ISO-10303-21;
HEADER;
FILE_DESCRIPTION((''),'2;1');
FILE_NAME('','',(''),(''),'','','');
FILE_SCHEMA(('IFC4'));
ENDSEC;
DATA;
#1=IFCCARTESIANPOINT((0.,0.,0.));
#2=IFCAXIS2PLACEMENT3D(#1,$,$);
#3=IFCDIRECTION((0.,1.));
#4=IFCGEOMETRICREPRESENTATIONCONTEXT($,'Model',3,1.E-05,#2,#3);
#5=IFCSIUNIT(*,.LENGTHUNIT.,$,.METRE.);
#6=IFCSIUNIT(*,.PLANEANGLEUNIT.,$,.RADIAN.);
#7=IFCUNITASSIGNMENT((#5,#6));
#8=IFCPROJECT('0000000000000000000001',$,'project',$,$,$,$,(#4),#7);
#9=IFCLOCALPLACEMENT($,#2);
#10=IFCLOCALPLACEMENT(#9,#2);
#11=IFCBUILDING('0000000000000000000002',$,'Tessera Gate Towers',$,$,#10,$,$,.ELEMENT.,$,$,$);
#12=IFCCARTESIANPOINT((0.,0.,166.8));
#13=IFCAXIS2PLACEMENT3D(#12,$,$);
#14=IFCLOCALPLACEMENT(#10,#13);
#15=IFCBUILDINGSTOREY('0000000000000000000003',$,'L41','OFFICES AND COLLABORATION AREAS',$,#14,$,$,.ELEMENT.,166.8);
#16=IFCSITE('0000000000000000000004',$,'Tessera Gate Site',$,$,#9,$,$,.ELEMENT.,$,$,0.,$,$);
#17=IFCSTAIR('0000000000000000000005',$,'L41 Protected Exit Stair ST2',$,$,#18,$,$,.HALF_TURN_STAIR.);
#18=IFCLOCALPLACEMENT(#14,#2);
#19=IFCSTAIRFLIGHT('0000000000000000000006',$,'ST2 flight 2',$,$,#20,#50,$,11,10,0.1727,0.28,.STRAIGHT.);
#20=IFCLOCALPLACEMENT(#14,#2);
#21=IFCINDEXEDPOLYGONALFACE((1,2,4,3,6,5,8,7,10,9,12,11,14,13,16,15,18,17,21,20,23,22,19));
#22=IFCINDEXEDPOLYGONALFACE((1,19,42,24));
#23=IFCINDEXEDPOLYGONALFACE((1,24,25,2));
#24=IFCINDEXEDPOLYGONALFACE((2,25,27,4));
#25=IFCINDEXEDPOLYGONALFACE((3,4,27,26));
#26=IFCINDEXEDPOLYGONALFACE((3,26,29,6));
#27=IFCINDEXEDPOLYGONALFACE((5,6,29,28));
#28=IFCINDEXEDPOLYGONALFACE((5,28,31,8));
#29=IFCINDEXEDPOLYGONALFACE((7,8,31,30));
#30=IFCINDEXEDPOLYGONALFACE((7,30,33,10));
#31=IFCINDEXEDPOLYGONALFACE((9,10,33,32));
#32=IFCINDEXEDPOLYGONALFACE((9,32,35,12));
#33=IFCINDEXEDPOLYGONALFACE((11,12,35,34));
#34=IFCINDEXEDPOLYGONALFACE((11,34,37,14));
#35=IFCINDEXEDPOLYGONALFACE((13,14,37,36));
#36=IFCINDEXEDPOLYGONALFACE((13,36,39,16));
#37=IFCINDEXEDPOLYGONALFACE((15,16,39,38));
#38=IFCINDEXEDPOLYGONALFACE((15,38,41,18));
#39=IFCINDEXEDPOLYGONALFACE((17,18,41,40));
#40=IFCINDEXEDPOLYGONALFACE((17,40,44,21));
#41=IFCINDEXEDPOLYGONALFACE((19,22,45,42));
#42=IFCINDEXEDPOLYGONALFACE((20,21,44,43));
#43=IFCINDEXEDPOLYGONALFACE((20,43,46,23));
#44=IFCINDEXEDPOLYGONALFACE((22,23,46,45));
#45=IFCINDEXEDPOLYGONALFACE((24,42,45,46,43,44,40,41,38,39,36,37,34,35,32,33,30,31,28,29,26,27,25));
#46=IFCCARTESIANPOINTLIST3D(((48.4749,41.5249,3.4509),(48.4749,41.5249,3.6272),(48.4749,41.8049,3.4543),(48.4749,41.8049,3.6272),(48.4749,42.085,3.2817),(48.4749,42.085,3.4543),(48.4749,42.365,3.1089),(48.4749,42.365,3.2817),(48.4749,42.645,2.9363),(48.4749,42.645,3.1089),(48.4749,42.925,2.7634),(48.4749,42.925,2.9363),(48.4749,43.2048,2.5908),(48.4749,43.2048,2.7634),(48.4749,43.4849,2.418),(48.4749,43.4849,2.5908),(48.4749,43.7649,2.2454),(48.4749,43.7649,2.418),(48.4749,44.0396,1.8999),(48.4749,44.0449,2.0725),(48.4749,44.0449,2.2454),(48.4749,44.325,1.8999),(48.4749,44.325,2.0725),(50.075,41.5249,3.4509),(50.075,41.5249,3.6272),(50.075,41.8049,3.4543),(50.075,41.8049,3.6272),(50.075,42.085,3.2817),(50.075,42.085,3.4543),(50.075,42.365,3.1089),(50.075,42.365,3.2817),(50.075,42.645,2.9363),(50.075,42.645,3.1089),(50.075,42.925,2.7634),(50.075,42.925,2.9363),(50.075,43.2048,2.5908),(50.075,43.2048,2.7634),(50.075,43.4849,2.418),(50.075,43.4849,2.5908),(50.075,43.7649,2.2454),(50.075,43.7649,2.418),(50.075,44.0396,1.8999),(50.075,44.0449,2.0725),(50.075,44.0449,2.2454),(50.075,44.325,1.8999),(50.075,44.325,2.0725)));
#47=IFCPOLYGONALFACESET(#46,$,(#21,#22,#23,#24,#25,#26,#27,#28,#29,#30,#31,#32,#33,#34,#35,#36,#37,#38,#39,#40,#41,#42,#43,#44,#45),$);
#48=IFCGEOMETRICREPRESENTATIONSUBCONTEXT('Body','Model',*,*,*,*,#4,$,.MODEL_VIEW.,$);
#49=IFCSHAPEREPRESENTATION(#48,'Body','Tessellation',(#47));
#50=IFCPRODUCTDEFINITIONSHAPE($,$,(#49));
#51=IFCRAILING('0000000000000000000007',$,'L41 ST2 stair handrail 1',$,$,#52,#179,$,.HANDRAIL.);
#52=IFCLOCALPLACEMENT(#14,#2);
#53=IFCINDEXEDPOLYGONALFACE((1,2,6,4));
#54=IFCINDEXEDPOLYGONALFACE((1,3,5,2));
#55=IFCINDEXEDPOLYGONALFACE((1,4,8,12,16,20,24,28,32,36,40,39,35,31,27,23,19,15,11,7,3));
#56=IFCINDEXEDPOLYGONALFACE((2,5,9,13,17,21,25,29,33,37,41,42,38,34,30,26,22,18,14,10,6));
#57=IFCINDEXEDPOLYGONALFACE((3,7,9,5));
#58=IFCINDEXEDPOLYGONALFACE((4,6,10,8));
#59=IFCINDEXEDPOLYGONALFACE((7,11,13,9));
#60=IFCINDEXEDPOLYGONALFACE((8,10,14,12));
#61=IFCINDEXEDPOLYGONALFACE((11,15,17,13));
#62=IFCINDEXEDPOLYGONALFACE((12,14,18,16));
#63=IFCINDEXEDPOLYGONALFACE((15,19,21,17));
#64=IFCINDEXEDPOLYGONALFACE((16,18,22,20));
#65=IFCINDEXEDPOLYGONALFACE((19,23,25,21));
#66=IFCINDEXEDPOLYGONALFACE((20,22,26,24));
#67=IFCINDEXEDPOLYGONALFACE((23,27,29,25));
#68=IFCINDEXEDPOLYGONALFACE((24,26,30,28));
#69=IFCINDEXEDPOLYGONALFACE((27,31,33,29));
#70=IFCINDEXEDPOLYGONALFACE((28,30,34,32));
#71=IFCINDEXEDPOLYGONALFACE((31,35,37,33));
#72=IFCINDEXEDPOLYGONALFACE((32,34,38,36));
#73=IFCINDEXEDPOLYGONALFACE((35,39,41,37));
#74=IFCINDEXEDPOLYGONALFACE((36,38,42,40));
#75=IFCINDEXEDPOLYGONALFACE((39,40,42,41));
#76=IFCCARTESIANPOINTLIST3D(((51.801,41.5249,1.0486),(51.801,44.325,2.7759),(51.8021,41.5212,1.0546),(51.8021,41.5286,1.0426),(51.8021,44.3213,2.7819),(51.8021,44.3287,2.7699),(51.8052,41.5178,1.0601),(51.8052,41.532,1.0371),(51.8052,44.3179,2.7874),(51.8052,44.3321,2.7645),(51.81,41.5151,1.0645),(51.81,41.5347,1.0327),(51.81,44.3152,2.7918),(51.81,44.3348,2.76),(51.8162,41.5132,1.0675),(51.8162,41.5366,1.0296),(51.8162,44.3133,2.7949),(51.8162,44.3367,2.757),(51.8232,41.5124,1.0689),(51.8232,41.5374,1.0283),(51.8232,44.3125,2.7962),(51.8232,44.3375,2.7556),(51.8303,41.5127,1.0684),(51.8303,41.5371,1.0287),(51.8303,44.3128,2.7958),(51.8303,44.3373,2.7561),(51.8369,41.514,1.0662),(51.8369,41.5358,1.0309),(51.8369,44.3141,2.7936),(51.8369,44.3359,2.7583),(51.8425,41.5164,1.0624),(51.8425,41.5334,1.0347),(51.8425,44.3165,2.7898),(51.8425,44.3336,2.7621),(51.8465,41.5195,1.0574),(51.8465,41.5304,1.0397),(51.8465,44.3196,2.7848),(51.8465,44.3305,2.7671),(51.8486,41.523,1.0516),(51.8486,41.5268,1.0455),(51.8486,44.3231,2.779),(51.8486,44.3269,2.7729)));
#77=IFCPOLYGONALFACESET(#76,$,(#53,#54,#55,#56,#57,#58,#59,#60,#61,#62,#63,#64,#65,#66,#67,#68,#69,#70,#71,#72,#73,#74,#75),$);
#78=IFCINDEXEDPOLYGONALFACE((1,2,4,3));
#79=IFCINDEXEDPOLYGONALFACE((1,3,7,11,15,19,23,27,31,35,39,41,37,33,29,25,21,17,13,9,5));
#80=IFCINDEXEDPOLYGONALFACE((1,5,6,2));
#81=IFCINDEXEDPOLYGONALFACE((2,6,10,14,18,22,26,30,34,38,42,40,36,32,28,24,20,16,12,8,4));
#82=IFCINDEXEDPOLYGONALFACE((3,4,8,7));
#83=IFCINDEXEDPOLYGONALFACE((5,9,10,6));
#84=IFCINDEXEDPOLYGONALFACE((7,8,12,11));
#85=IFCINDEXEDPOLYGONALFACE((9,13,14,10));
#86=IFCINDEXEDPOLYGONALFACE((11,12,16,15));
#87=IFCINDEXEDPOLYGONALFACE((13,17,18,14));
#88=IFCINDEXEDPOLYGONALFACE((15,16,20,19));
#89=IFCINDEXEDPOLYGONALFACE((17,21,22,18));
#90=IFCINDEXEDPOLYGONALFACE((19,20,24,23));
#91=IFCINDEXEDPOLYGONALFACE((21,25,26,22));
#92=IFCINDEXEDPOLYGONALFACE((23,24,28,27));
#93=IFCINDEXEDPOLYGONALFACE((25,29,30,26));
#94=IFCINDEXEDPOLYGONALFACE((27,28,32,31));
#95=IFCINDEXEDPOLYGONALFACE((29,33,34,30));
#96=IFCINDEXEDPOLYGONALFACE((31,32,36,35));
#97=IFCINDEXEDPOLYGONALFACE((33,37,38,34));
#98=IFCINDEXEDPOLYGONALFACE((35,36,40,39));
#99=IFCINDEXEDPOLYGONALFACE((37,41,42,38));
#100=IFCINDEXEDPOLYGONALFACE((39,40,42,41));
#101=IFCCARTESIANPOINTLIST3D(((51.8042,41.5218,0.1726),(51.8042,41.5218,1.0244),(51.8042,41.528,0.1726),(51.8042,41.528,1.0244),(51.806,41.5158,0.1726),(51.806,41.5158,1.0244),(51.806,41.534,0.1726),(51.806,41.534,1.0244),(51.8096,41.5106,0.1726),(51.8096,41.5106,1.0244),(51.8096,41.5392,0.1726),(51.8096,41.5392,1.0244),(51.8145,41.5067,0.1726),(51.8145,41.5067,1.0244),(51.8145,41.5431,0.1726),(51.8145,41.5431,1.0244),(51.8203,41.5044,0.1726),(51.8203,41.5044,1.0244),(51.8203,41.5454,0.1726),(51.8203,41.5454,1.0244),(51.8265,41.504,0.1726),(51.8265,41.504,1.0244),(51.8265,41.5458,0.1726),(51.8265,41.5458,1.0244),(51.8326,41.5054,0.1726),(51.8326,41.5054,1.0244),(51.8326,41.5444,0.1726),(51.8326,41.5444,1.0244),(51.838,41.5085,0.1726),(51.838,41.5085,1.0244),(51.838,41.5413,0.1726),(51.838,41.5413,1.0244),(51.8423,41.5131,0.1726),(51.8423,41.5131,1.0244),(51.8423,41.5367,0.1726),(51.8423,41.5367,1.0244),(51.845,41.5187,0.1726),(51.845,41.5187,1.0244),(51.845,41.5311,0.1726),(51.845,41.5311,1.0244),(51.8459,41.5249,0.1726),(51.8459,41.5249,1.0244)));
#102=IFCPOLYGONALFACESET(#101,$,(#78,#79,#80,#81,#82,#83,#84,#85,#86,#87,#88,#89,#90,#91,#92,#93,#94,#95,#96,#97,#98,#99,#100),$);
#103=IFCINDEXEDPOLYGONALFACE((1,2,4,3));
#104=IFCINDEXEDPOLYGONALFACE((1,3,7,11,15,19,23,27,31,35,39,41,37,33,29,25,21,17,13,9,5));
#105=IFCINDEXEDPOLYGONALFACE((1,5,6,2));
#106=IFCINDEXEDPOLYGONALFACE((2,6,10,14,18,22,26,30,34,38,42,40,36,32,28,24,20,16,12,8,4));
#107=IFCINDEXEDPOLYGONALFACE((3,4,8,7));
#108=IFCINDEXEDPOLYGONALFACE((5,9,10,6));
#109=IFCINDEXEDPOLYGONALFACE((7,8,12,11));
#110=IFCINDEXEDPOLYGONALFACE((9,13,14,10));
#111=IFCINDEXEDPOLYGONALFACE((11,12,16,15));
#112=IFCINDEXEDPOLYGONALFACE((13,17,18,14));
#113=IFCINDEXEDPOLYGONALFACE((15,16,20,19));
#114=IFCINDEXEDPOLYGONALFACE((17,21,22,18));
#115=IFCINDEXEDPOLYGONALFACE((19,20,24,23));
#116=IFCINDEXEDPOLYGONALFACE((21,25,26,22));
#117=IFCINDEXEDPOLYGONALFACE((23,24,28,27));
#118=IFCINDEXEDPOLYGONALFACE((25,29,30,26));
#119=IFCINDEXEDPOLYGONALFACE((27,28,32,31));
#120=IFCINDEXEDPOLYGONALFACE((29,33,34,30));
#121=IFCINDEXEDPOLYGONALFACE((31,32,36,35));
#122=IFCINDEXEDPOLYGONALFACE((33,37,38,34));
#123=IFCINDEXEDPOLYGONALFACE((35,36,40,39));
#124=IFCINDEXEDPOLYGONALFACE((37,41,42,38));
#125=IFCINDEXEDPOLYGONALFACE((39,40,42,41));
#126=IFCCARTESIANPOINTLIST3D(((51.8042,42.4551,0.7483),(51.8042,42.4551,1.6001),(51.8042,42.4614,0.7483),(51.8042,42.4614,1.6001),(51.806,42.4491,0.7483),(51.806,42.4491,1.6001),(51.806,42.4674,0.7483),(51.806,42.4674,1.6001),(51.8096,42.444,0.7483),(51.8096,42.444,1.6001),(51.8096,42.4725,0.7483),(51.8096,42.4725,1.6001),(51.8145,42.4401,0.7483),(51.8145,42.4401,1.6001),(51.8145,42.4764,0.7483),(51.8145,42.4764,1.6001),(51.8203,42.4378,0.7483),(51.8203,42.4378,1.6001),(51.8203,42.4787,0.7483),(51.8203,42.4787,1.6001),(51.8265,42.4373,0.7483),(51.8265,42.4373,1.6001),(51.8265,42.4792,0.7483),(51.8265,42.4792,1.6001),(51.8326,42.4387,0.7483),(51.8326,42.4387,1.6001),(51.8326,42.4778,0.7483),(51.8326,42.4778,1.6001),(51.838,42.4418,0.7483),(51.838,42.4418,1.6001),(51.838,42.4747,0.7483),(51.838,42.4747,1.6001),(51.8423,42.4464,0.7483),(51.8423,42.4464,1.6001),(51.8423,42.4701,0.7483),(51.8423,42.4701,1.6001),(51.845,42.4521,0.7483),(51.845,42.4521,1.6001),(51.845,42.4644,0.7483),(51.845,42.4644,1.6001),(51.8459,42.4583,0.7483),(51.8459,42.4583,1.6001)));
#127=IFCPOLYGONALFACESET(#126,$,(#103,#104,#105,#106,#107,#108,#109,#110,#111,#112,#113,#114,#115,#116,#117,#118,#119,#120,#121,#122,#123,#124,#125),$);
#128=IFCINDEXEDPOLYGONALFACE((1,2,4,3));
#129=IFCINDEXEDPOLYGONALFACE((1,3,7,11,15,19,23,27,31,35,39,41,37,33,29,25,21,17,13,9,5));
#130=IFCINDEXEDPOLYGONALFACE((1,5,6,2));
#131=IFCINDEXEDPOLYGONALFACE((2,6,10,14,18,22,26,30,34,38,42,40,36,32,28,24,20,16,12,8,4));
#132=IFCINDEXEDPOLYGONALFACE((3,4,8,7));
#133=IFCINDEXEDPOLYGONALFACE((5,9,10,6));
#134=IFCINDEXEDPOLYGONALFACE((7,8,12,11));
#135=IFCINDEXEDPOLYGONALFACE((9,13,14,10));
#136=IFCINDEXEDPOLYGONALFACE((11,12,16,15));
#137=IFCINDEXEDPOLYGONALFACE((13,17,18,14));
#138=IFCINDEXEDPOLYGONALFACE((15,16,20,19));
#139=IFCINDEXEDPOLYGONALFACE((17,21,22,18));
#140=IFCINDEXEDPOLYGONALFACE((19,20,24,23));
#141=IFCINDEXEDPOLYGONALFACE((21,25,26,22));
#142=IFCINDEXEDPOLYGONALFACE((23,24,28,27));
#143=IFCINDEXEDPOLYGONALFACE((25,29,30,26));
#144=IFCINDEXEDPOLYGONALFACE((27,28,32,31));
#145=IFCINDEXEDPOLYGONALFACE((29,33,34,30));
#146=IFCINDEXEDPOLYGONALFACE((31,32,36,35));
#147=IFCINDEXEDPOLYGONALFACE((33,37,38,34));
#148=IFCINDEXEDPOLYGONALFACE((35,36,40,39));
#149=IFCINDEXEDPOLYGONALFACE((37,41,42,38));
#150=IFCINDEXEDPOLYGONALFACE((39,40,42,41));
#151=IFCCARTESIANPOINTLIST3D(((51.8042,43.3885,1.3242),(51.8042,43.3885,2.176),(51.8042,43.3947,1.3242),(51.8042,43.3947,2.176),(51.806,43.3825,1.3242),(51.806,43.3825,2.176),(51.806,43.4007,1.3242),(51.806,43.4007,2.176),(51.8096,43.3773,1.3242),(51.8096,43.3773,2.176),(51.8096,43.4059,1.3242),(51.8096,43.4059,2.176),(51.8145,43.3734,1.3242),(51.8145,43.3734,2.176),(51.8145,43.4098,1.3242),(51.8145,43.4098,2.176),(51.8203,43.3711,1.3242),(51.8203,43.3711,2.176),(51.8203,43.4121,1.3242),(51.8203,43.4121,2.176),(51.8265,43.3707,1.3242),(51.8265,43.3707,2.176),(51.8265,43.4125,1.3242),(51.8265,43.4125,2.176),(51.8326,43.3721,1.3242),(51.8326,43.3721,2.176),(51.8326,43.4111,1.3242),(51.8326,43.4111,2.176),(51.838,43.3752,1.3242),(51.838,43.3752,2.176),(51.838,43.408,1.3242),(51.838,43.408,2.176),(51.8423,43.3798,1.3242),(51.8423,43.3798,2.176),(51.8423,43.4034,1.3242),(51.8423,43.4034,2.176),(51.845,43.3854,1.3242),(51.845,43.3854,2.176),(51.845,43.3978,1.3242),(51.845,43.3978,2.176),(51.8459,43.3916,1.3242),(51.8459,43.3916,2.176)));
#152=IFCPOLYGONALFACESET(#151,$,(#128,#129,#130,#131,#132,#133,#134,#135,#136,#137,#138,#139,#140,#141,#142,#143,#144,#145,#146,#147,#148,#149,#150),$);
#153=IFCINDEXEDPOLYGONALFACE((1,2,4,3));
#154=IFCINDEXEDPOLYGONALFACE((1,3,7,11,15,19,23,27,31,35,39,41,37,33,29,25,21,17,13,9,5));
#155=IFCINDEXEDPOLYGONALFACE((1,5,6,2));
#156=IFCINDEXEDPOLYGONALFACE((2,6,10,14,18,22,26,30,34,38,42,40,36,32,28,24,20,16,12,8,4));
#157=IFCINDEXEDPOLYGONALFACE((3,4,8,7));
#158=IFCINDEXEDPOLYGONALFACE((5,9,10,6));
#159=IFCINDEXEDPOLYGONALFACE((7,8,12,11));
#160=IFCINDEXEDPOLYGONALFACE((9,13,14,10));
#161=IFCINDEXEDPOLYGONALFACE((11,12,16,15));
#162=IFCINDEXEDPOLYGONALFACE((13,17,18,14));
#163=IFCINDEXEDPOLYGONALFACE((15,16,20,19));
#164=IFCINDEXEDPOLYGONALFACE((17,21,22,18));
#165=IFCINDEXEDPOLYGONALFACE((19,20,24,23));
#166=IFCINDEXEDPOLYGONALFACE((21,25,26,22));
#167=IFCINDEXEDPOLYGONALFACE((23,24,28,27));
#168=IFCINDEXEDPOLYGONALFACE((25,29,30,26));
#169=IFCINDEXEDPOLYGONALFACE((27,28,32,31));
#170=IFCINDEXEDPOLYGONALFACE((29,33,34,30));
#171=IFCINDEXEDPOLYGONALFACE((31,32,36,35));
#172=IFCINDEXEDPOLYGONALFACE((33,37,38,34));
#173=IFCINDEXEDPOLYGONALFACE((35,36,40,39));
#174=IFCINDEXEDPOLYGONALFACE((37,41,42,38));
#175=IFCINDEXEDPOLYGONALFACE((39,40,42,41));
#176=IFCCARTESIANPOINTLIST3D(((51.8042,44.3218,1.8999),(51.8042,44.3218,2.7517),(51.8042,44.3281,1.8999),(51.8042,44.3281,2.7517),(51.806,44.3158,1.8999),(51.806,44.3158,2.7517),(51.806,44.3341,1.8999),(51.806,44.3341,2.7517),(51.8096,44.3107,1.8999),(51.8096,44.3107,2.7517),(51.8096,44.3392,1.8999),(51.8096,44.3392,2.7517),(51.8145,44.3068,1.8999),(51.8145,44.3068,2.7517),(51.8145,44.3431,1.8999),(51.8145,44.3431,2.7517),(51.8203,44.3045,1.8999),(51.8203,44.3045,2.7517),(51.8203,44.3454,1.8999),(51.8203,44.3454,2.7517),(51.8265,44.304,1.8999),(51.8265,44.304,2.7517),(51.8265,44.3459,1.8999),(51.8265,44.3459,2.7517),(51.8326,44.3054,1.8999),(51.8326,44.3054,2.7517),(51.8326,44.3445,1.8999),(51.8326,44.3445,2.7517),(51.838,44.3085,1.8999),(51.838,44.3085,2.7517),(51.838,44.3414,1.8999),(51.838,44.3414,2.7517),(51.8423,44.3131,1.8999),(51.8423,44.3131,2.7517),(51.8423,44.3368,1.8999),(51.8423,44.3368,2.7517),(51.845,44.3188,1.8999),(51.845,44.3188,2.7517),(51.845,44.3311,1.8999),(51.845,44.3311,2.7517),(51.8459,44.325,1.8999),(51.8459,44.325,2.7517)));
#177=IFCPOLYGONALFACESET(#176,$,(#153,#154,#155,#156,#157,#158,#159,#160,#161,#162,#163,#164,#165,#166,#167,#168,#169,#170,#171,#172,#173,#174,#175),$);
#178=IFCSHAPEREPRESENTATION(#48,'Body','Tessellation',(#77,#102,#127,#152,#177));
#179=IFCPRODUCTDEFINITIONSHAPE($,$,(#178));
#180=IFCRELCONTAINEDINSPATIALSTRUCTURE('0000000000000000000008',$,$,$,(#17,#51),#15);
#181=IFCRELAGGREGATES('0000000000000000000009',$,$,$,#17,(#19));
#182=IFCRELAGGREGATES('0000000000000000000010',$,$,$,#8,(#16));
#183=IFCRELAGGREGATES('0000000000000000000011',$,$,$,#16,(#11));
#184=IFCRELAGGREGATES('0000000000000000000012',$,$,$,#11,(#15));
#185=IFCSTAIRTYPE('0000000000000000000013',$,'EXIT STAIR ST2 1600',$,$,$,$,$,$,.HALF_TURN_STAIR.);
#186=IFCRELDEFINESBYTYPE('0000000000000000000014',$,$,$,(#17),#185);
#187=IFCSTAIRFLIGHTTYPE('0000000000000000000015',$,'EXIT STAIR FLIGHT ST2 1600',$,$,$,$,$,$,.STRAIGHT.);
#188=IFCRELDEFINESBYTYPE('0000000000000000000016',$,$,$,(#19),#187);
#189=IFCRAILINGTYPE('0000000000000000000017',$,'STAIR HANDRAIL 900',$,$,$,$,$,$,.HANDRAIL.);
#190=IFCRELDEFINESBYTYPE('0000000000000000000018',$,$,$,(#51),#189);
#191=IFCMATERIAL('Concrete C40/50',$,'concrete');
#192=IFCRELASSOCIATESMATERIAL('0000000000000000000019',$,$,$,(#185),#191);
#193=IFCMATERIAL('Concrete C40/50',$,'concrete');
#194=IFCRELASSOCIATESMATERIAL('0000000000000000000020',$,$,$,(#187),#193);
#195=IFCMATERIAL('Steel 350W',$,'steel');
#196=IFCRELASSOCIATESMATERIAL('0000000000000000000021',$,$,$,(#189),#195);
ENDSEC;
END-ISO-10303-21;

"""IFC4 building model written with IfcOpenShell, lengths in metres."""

from ifc_helpers import new_model, si_unit, direction, frame, origin, origin_2d, place, context, subcontext, project, spatial, polyline, circle, outline, extrude, material, type_object, element, aggregate, save


model = new_model("IFC4")

# Units and contexts
model_context = context("Model", 3, precision=1e-05, world=origin(), true_north=direction((0.0, 1.0)))
body_context = subcontext(model_context, "Body", "Model", "MODEL_VIEW")
ifc_project = project(units=[si_unit("LENGTHUNIT", "METRE"), si_unit("PLANEANGLEUNIT", "RADIAN")], contexts=[model_context])

# Site, building, storey
site_placement = place(None, origin())
site = spatial("IfcSite", under=ifc_project, at=site_placement, Name="Tessera Gate Site", CompositionType="ELEMENT", RefElevation=0.0)
building_placement = place(site_placement, origin())
building = spatial("IfcBuilding", under=site, at=building_placement, Name="Tessera Gate Towers", CompositionType="ELEMENT")
storey_placement = place(building_placement, frame((0.0, 0.0, 166.8)))
storey = spatial("IfcBuildingStorey", under=building, at=storey_placement, Name="L41", Description="OFFICES AND COLLABORATION AREAS", CompositionType="ELEMENT", Elevation=166.8)

# Stair, stair flight
ifc_material_1 = material(Name="Concrete C40/50", Category="concrete")
stair_type = type_object("IfcStairType", Name="EXIT STAIR ST2 1600", PredefinedType="HALF_TURN_STAIR", material=ifc_material_1)
stair_placement = place(storey_placement, origin())
stair = element("IfcStair", 1, at=stair_placement, inside=storey, type_object=stair_type, Name="L41 Protected Exit Stair ST2", PredefinedType="HALF_TURN_STAIR")
ifc_material_2 = material(Name="Concrete C40/50", Category="concrete")
stair_flight_type = type_object("IfcStairFlightType", Name="EXIT STAIR FLIGHT ST2 1600", PredefinedType="STRAIGHT", material=ifc_material_2)
stair_flight_1_placement = place(storey_placement, frame((49.2749, 44.325, 1.8999), z_axis=(0.0, 0.0, 1.0), x_axis=(0.0, -1.0, 0.0)))
stair_flight_1 = element("IfcStairFlight", 2, at=stair_flight_1_placement, type_object=stair_flight_type, Name="ST2 flight 2", NumberOfRisers=11, NumberOfTreads=10, PredefinedType="STRAIGHT", RiserHeight=0.1727, TreadLength=0.28, context=body_context, shape_type="SweptSolid", body=[
    extrude(outline(polyline([(0.0, 0.0), (0.0, 0.1726), (0.28, 0.1726), (0.28, 0.3455), (0.5601, 0.3455), (0.5601, 0.5181), (0.8401, 0.5181), (0.8401, 0.6909), (1.1201, 0.6909), (1.1201, 0.8635), (1.3999, 0.8635), (1.3999, 1.0364), (1.6799, 1.0364), (1.6799, 1.209), (1.96, 1.209), (1.96, 1.3818), (2.24, 1.3818), (2.24, 1.5544), (2.52, 1.5544), (2.52, 1.7273), (2.8, 1.7273), (2.8, 1.8999), (2.8, 1.551), (0.2854, 0.0), (0.0, 0.0)])), frame((0.0, 0.8, 0.0), z_axis=(0.0, -1.0, 0.0), x_axis=(1.0, 0.0, 0.0)), (0.0, 0.0, 1.0), 1.6001),
])
aggregate(stair, [stair_flight_1])

# Railing
ifc_material_3 = material(Name="Steel 350W", Category="steel")
railing_type_1 = type_object("IfcRailingType", Name="STAIR HANDRAIL 900", PredefinedType="HANDRAIL", material=ifc_material_3)
railing_1_placement = place(storey_placement, frame((51.825, 41.5249, 0.1726)))
element("IfcRailing", 3, at=railing_1_placement, inside=storey, type_object=railing_type_1, Name="L41 ST2 stair handrail 1", PredefinedType="HANDRAIL", context=body_context, shape_type="SweptSolid", body=[
    extrude(circle(Radius=0.0239, at=origin_2d()), frame((0.0, 0.0, 0.876), z_axis=(0.0, 0.85109, 0.52502), x_axis=(-1.0, 0.0, 0.0)), (0.0, 0.0, 1.0), 3.29),
    extrude(circle(Radius=0.021, at=origin_2d()), origin(), (0.0, 0.0, 1.0), 0.8518),
    extrude(circle(Radius=0.021, at=origin_2d()), frame((0.0, 0.9333, 0.5757)), (0.0, 0.0, 1.0), 0.8518),
    extrude(circle(Radius=0.021, at=origin_2d()), frame((0.0, 1.8667, 1.1516)), (0.0, 0.0, 1.0), 0.8518),
    extrude(circle(Radius=0.021, at=origin_2d()), frame((0.0, 2.8, 1.7273)), (0.0, 0.0, 1.0), 0.8518),
])

save(model, "model.ifc")
